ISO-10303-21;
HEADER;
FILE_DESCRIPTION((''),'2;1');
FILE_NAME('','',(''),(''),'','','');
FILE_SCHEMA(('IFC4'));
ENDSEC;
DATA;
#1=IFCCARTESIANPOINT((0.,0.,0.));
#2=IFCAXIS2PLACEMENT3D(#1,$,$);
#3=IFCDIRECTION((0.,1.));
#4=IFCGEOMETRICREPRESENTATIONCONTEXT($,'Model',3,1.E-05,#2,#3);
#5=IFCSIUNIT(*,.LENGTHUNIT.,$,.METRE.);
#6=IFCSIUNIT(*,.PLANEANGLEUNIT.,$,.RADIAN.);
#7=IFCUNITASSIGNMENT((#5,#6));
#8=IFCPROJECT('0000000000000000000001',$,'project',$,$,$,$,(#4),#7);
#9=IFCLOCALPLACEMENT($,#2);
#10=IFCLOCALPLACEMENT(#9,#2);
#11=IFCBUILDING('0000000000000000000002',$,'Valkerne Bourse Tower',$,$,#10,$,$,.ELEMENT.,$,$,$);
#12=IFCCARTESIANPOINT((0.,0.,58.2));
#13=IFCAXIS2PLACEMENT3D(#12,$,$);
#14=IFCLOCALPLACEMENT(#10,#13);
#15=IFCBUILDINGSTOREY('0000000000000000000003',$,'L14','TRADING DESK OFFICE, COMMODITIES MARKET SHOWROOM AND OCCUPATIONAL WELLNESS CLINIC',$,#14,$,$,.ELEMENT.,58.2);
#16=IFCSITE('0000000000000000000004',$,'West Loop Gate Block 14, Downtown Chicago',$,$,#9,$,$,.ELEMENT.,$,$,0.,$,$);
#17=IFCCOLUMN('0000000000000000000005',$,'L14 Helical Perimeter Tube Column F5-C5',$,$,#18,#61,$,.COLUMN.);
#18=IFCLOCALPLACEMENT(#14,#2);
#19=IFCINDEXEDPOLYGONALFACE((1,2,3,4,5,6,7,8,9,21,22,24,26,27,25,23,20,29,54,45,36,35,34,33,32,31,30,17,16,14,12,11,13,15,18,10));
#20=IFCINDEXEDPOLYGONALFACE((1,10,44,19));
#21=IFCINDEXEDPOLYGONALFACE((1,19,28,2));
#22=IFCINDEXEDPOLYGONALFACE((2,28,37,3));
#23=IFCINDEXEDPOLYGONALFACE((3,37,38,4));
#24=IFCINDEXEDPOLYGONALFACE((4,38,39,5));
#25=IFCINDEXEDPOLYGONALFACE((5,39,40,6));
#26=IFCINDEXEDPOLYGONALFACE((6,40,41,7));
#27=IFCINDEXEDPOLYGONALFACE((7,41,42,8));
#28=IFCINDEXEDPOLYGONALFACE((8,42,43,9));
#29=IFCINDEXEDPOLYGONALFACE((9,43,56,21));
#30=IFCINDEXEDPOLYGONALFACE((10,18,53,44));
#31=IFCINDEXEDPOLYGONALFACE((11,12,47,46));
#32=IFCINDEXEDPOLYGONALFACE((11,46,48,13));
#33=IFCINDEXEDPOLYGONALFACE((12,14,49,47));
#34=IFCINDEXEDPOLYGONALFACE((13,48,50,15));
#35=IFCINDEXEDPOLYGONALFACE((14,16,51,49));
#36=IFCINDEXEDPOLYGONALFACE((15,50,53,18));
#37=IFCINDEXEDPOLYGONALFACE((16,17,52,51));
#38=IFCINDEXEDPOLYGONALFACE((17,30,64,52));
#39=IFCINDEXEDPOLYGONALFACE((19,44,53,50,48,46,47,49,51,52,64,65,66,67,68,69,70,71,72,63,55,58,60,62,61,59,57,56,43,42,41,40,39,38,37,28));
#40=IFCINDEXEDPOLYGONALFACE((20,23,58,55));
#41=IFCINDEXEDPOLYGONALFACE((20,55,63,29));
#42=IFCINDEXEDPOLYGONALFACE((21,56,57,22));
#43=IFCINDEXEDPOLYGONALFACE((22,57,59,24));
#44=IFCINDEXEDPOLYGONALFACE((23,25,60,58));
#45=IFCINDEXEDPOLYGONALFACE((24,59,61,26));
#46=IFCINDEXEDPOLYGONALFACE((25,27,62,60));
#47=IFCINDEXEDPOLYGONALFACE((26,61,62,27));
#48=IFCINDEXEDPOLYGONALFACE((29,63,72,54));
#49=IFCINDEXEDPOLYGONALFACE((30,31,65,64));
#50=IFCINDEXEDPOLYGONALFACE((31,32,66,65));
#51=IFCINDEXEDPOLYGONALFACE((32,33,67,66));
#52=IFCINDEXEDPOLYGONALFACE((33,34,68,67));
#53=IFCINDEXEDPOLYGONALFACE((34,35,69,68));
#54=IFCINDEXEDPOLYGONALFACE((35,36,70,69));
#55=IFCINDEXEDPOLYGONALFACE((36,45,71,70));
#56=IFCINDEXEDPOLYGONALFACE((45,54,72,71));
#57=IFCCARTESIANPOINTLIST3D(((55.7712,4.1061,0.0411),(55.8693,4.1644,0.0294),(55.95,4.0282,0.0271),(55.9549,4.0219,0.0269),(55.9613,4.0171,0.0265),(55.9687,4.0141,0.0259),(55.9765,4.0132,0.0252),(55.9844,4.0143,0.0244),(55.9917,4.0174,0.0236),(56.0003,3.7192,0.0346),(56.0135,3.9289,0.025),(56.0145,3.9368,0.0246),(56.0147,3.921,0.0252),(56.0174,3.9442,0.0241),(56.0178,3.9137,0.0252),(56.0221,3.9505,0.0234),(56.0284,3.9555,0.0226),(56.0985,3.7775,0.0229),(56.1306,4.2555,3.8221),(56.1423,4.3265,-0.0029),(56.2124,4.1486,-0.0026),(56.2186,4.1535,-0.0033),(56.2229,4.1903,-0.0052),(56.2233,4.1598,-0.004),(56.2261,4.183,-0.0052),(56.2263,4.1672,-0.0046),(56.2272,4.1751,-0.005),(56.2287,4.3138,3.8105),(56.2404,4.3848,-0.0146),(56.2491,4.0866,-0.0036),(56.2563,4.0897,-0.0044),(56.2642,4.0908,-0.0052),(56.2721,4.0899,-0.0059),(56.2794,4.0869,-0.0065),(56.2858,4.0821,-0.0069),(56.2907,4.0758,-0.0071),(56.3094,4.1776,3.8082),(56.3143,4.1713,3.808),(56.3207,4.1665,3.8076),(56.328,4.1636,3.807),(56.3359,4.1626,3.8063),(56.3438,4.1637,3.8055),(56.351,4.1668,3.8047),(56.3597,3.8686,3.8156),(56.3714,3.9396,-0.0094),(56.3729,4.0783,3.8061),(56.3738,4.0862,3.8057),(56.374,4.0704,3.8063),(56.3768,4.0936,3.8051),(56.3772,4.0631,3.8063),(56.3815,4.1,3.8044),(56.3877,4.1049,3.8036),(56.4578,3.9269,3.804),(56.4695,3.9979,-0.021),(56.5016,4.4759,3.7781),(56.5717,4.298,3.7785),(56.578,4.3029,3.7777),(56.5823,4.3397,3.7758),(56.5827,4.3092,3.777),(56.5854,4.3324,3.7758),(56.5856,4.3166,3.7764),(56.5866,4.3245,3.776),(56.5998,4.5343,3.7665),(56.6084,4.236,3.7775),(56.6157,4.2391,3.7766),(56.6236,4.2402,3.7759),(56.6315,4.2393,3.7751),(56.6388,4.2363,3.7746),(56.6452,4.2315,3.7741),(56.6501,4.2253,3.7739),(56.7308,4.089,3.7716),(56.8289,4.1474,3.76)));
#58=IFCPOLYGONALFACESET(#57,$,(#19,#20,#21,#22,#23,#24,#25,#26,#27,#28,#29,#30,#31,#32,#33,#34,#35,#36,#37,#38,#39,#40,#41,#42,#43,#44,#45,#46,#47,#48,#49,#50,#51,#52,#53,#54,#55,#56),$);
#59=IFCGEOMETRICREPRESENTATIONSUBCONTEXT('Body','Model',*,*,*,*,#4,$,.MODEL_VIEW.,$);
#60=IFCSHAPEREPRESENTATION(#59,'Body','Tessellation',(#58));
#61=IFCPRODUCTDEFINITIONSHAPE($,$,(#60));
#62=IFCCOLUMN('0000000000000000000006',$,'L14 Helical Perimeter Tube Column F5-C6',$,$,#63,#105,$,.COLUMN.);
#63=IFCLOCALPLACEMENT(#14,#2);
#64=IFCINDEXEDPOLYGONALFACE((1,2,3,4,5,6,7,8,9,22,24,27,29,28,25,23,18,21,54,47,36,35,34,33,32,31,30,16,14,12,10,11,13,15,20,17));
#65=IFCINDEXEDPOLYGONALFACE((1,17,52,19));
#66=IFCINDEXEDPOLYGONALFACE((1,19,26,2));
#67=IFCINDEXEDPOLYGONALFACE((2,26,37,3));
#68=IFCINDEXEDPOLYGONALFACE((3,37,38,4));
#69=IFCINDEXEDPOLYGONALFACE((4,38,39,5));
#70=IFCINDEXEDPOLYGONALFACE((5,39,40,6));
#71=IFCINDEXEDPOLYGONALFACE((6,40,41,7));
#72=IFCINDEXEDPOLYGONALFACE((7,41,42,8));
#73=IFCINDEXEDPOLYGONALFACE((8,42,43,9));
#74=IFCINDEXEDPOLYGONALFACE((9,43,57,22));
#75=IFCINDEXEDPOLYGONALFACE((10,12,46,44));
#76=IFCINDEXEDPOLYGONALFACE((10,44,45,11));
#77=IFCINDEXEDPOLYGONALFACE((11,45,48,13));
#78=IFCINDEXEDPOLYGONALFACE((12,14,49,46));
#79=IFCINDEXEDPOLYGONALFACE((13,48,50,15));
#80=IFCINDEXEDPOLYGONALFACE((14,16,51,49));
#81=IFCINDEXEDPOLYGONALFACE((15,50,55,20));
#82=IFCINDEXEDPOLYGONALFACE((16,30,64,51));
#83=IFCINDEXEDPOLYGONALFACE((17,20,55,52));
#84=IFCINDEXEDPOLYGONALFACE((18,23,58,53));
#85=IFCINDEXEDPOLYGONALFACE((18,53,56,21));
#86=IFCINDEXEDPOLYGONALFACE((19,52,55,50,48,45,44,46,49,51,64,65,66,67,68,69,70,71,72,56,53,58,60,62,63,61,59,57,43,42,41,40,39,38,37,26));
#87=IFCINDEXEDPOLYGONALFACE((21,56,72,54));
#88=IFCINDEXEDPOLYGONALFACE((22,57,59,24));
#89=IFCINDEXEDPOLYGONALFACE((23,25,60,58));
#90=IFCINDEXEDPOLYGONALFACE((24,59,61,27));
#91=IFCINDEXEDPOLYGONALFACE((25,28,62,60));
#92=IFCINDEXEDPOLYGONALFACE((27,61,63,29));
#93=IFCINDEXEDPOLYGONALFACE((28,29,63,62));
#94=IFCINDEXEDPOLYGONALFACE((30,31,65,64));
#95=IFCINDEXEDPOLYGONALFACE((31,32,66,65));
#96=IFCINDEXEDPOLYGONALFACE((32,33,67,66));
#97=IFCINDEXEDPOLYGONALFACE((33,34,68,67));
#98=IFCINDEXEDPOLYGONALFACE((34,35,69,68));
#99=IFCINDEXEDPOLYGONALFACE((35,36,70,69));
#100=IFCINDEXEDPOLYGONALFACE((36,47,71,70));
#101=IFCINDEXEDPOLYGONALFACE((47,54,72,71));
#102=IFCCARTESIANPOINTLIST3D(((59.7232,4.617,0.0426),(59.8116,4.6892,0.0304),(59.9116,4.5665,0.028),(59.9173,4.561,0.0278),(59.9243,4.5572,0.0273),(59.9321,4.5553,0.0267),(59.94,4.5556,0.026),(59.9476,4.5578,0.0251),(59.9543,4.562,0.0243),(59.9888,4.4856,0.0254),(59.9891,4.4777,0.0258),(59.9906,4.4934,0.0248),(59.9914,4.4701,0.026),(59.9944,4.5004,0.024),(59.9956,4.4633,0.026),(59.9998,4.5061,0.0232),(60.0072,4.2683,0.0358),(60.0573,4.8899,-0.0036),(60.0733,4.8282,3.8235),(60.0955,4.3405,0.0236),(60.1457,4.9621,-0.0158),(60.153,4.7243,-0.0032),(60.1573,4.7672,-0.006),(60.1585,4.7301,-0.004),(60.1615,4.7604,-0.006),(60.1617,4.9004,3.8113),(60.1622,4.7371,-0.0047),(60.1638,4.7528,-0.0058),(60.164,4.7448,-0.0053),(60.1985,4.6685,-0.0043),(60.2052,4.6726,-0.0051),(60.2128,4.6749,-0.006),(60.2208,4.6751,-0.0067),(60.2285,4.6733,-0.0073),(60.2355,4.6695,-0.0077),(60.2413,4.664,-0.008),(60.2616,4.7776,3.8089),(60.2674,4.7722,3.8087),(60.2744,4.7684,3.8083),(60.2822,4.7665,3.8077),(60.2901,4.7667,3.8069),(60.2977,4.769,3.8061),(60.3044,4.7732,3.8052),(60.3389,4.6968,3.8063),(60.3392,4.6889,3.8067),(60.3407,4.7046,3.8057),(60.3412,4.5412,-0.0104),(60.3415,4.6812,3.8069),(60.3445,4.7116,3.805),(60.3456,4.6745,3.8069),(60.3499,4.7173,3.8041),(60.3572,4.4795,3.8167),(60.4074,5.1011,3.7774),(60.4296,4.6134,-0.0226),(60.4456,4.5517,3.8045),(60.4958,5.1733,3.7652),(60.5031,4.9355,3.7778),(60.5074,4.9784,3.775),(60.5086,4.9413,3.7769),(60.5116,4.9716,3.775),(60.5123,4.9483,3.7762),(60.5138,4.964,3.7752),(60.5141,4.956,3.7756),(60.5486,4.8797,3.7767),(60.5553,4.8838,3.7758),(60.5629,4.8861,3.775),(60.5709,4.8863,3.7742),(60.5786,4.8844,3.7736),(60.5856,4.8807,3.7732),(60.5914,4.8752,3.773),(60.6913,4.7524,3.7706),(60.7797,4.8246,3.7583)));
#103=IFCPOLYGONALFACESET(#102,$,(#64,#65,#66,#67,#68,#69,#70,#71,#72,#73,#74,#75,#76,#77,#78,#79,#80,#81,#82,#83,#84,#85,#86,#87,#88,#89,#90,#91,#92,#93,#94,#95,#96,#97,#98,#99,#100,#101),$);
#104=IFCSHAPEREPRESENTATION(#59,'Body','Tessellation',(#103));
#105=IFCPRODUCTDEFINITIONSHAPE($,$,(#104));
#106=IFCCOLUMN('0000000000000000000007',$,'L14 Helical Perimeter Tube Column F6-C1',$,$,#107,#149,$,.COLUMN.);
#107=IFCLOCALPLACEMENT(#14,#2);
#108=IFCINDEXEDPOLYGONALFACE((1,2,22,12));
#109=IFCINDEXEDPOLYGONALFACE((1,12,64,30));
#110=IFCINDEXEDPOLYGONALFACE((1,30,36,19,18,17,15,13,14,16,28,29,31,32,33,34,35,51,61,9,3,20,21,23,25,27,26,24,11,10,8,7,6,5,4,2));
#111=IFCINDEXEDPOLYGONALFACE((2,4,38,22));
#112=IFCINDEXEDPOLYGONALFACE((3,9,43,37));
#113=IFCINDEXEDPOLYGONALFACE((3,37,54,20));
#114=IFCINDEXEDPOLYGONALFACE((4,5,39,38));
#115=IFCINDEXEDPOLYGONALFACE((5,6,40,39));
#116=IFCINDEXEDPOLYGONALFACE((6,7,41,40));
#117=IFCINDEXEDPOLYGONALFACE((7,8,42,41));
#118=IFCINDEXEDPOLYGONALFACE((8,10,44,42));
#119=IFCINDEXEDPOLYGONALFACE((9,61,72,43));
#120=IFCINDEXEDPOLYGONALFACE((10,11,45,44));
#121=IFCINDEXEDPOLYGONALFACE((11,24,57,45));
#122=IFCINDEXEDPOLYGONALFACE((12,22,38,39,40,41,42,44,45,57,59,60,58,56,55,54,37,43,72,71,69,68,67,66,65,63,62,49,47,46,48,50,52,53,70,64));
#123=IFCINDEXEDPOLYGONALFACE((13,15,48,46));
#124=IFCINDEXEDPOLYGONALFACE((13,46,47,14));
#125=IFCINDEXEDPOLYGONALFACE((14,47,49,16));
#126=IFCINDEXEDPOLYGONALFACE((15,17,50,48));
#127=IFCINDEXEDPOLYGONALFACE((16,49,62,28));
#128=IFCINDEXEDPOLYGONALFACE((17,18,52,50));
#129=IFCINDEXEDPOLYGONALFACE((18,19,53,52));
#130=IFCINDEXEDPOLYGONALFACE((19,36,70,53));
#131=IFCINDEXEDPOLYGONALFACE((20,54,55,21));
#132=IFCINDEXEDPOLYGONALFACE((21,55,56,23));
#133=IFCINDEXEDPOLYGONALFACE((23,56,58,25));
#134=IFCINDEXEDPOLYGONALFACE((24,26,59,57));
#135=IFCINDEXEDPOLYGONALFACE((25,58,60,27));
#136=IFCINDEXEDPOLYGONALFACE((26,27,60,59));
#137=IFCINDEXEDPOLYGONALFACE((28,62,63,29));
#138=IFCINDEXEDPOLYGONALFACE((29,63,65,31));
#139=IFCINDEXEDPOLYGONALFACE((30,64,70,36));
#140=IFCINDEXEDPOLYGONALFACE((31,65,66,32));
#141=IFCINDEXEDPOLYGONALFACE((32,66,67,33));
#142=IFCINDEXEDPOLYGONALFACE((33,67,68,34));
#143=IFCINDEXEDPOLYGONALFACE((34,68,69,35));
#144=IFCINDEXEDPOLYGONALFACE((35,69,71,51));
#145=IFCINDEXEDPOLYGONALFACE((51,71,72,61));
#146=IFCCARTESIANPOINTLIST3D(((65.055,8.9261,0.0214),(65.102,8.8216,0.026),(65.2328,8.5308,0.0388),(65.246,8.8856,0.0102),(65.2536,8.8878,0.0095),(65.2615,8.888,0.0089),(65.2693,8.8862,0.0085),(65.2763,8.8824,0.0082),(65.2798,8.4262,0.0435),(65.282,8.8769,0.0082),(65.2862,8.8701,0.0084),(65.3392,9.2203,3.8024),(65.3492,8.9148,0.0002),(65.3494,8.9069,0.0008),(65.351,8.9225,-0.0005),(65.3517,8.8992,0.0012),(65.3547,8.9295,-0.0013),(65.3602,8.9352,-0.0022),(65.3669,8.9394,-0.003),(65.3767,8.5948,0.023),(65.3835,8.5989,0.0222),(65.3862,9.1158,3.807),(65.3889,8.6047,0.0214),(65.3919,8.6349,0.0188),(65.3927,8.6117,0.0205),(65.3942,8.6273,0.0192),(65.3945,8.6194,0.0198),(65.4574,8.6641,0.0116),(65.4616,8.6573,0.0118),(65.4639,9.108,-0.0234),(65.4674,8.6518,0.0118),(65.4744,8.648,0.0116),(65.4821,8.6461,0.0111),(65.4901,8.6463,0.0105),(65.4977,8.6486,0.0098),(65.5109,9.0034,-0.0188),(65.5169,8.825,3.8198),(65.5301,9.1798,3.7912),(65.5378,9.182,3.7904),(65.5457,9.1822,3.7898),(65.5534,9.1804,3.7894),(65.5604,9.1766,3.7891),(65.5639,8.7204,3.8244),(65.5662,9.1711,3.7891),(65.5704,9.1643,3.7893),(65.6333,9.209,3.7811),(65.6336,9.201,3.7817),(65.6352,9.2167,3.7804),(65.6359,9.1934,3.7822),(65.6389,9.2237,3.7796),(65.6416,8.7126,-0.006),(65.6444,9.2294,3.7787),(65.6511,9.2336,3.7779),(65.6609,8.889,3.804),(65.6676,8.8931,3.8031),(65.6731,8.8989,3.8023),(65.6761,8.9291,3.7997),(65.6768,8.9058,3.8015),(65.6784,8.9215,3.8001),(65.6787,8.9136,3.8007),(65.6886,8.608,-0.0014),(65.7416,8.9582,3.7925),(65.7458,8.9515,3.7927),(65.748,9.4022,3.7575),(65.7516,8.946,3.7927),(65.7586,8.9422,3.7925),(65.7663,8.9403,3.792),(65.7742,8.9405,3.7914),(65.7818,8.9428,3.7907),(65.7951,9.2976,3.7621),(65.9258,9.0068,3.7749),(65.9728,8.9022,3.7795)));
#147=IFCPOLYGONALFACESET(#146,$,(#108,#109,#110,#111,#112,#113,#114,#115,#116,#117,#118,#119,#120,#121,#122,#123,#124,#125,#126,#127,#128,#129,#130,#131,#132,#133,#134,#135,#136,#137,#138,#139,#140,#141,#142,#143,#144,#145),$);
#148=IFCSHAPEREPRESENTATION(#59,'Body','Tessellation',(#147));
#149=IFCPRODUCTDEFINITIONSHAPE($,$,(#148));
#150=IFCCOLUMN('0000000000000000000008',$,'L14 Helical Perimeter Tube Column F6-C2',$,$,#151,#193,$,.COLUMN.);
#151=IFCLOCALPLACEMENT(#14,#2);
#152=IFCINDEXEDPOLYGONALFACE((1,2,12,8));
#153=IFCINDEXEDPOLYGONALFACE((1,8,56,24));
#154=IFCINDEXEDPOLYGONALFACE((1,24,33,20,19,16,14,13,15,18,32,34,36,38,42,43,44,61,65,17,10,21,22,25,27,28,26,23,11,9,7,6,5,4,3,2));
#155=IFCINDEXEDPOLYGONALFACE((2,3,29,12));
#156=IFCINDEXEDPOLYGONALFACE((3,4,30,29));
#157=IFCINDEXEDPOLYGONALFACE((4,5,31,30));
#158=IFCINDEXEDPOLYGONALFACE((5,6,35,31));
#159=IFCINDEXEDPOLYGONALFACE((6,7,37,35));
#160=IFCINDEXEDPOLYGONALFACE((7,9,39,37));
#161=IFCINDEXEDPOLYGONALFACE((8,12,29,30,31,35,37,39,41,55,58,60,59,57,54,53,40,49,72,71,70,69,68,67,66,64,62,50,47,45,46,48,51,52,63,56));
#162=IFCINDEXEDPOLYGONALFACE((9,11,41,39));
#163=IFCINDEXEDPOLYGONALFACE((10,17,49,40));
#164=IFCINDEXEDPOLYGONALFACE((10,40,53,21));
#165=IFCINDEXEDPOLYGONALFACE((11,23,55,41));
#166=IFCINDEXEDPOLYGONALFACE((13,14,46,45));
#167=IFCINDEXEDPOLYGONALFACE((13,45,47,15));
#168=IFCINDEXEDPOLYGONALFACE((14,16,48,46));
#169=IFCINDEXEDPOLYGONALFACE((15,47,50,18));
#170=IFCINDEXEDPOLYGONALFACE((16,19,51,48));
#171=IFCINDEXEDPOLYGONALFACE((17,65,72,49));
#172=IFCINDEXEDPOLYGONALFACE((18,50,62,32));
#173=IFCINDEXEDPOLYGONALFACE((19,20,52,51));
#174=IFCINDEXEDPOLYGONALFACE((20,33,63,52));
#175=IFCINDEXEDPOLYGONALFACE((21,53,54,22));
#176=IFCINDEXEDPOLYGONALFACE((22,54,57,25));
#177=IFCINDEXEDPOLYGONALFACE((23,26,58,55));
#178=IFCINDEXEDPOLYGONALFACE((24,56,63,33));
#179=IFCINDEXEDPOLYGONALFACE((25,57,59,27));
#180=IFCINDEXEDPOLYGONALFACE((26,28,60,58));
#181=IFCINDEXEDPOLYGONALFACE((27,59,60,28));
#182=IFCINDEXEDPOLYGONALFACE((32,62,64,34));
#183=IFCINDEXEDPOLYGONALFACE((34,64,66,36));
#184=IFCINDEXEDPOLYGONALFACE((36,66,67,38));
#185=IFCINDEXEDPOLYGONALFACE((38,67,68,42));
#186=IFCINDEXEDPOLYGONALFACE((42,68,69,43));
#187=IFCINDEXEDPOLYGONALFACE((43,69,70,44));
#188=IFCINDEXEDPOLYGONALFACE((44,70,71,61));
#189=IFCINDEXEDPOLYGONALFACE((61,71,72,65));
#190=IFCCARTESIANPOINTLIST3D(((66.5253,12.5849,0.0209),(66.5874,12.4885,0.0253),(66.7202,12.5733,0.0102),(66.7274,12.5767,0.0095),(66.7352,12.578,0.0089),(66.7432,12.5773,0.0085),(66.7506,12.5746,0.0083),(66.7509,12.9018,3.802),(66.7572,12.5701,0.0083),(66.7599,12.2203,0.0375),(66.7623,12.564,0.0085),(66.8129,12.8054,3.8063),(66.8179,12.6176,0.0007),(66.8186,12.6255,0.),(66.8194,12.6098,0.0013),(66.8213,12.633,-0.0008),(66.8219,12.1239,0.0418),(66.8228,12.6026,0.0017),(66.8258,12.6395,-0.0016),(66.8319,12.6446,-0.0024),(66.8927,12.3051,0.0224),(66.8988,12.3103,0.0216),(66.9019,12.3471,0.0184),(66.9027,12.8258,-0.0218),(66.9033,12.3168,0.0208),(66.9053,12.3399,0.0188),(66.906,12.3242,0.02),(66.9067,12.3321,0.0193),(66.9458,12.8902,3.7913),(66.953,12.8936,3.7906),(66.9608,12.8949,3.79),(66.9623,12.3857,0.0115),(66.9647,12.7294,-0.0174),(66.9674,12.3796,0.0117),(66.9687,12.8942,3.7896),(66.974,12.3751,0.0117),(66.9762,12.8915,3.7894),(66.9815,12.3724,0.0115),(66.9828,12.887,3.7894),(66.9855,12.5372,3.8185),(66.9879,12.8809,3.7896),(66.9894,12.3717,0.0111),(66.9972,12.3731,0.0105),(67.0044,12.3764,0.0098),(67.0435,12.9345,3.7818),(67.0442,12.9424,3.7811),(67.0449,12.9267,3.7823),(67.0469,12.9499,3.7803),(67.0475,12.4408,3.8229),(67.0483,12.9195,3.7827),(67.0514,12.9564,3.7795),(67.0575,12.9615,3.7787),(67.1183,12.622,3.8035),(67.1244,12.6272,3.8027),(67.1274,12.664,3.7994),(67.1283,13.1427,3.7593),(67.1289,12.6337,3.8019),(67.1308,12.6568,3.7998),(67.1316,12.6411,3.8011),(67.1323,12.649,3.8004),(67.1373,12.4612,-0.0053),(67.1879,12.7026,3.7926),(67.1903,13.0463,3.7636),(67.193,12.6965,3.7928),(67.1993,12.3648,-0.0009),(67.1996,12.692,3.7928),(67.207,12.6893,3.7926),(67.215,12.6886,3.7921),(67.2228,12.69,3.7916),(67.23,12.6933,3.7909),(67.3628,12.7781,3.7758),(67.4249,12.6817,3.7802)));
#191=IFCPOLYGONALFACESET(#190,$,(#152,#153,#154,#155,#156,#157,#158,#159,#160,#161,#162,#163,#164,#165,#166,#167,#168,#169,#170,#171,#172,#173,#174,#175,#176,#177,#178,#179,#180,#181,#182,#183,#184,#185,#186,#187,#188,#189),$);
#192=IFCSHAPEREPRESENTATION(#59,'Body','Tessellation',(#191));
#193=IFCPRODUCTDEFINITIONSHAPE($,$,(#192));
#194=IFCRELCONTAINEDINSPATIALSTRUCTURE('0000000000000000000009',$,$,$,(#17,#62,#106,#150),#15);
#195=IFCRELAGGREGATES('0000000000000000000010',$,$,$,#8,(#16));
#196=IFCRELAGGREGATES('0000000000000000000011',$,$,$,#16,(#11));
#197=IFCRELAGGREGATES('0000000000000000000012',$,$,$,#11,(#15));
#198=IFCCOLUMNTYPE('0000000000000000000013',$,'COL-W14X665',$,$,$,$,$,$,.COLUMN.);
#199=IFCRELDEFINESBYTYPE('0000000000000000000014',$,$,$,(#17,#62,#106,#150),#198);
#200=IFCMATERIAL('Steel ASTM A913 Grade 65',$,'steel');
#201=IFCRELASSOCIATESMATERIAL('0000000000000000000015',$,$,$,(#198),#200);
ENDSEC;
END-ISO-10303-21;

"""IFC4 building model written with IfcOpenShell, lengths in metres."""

from ifc_helpers import new_model, si_unit, direction, frame, origin, origin_2d, place, context, subcontext, project, spatial, i_section, extrude, material, material_profile, profile_set, type_object, element, save


model = new_model("IFC4")

# Units and contexts
model_context = context("Model", 3, precision=1e-05, world=origin(), true_north=direction((0.0, 1.0)))
body_context = subcontext(model_context, "Body", "Model", "MODEL_VIEW")
ifc_project = project(units=[si_unit("LENGTHUNIT", "METRE"), si_unit("PLANEANGLEUNIT", "RADIAN")], contexts=[model_context])

# Site, building, storey
site_placement = place(None, origin())
site = spatial("IfcSite", under=ifc_project, at=site_placement, Name="West Loop Gate Block 14, Downtown Chicago", CompositionType="ELEMENT", RefElevation=0.0)
building_placement = place(site_placement, origin())
building = spatial("IfcBuilding", under=site, at=building_placement, Name="Valkerne Bourse Tower", CompositionType="ELEMENT")
storey_placement = place(building_placement, frame((0.0, 0.0, 58.2)))
storey = spatial("IfcBuildingStorey", under=building, at=storey_placement, Name="L14", Description="TRADING DESK OFFICE, COMMODITIES MARKET SHOWROOM AND OCCUPATIONAL WELLNESS CLINIC", CompositionType="ELEMENT", Elevation=58.2)

# Columns
ifc_material_1 = material(Name="Steel ASTM A913 Grade 65", Category="steel")
ifc_material_profile_1 = material_profile(ifc_material_1, i_section(OverallWidth=0.4497, OverallDepth=0.5486, WebThickness=0.072, FlangeThickness=0.1147, FilletRadius=0.0305, at=origin_2d()), Name="W14X665")
ifc_profile_set_1 = profile_set([ifc_material_profile_1], Name="Steel ASTM A913 Grade 65")
column_type = type_object("IfcColumnType", Name="COL-W14X665", PredefinedType="COLUMN", material=ifc_profile_set_1)
column_1_placement = place(storey_placement, frame((56.1204, 4.052, 0.01), z_axis=(0.094548, 0.039309, 0.994744), x_axis=(-0.509493, 0.860354, 0.014427)))
element("IfcColumn", 1, at=column_1_placement, inside=storey, type_object=column_type, Name="L14 Helical Perimeter Tube Column F5-C5", PredefinedType="COLUMN", context=body_context, shape_type="SweptSolid", body=[
    extrude(i_section(OverallWidth=0.4497, OverallDepth=0.5486, WebThickness=0.072, FlangeThickness=0.1147, FilletRadius=0.0305, at=origin_2d()), origin(), (0.0, 0.0, 1.0), 3.801),
])
for number, where, z_axis, x_axis, name in (
    (2, (60.0764, 4.6152, 0.01), (0.092057, 0.05553, 0.994204), (-0.631313, 0.775381, 0.015148), "L14 Helical Perimeter Tube Column F5-C6"),
    (3, (65.3718, 8.7671, 0.01), (0.074724, 0.077356, 0.994199), (-0.909155, -0.404324, 0.099791), "L14 Helical Perimeter Tube Column F6-C1"),
):
    element("IfcColumn", number, at=place(storey_placement, frame(where, z_axis=z_axis, x_axis=x_axis)), inside=storey, type_object=column_type, Name=name, PredefinedType="COLUMN", context=body_context, shape_type="SweptSolid", body=[
        extrude(i_section(OverallWidth=0.4497, OverallDepth=0.5486, WebThickness=0.072, FlangeThickness=0.1147, FilletRadius=0.0305, at=origin_2d()), origin(), (0.0, 0.0, 1.0), 3.803),
    ])
column_2_placement = place(storey_placement, frame((66.8623, 12.4749, 0.01), z_axis=(0.05935, 0.083372, 0.99475), x_axis=(-0.839116, -0.5356, 0.094954)))
element("IfcColumn", 4, at=column_2_placement, inside=storey, type_object=column_type, Name="L14 Helical Perimeter Tube Column F6-C2", PredefinedType="COLUMN", context=body_context, shape_type="SweptSolid", body=[
    extrude(i_section(OverallWidth=0.4497, OverallDepth=0.5486, WebThickness=0.072, FlangeThickness=0.1147, FilletRadius=0.0305, at=origin_2d()), origin(), (0.0, 0.0, 1.0), 3.801),
])

save(model, "model.ifc")
